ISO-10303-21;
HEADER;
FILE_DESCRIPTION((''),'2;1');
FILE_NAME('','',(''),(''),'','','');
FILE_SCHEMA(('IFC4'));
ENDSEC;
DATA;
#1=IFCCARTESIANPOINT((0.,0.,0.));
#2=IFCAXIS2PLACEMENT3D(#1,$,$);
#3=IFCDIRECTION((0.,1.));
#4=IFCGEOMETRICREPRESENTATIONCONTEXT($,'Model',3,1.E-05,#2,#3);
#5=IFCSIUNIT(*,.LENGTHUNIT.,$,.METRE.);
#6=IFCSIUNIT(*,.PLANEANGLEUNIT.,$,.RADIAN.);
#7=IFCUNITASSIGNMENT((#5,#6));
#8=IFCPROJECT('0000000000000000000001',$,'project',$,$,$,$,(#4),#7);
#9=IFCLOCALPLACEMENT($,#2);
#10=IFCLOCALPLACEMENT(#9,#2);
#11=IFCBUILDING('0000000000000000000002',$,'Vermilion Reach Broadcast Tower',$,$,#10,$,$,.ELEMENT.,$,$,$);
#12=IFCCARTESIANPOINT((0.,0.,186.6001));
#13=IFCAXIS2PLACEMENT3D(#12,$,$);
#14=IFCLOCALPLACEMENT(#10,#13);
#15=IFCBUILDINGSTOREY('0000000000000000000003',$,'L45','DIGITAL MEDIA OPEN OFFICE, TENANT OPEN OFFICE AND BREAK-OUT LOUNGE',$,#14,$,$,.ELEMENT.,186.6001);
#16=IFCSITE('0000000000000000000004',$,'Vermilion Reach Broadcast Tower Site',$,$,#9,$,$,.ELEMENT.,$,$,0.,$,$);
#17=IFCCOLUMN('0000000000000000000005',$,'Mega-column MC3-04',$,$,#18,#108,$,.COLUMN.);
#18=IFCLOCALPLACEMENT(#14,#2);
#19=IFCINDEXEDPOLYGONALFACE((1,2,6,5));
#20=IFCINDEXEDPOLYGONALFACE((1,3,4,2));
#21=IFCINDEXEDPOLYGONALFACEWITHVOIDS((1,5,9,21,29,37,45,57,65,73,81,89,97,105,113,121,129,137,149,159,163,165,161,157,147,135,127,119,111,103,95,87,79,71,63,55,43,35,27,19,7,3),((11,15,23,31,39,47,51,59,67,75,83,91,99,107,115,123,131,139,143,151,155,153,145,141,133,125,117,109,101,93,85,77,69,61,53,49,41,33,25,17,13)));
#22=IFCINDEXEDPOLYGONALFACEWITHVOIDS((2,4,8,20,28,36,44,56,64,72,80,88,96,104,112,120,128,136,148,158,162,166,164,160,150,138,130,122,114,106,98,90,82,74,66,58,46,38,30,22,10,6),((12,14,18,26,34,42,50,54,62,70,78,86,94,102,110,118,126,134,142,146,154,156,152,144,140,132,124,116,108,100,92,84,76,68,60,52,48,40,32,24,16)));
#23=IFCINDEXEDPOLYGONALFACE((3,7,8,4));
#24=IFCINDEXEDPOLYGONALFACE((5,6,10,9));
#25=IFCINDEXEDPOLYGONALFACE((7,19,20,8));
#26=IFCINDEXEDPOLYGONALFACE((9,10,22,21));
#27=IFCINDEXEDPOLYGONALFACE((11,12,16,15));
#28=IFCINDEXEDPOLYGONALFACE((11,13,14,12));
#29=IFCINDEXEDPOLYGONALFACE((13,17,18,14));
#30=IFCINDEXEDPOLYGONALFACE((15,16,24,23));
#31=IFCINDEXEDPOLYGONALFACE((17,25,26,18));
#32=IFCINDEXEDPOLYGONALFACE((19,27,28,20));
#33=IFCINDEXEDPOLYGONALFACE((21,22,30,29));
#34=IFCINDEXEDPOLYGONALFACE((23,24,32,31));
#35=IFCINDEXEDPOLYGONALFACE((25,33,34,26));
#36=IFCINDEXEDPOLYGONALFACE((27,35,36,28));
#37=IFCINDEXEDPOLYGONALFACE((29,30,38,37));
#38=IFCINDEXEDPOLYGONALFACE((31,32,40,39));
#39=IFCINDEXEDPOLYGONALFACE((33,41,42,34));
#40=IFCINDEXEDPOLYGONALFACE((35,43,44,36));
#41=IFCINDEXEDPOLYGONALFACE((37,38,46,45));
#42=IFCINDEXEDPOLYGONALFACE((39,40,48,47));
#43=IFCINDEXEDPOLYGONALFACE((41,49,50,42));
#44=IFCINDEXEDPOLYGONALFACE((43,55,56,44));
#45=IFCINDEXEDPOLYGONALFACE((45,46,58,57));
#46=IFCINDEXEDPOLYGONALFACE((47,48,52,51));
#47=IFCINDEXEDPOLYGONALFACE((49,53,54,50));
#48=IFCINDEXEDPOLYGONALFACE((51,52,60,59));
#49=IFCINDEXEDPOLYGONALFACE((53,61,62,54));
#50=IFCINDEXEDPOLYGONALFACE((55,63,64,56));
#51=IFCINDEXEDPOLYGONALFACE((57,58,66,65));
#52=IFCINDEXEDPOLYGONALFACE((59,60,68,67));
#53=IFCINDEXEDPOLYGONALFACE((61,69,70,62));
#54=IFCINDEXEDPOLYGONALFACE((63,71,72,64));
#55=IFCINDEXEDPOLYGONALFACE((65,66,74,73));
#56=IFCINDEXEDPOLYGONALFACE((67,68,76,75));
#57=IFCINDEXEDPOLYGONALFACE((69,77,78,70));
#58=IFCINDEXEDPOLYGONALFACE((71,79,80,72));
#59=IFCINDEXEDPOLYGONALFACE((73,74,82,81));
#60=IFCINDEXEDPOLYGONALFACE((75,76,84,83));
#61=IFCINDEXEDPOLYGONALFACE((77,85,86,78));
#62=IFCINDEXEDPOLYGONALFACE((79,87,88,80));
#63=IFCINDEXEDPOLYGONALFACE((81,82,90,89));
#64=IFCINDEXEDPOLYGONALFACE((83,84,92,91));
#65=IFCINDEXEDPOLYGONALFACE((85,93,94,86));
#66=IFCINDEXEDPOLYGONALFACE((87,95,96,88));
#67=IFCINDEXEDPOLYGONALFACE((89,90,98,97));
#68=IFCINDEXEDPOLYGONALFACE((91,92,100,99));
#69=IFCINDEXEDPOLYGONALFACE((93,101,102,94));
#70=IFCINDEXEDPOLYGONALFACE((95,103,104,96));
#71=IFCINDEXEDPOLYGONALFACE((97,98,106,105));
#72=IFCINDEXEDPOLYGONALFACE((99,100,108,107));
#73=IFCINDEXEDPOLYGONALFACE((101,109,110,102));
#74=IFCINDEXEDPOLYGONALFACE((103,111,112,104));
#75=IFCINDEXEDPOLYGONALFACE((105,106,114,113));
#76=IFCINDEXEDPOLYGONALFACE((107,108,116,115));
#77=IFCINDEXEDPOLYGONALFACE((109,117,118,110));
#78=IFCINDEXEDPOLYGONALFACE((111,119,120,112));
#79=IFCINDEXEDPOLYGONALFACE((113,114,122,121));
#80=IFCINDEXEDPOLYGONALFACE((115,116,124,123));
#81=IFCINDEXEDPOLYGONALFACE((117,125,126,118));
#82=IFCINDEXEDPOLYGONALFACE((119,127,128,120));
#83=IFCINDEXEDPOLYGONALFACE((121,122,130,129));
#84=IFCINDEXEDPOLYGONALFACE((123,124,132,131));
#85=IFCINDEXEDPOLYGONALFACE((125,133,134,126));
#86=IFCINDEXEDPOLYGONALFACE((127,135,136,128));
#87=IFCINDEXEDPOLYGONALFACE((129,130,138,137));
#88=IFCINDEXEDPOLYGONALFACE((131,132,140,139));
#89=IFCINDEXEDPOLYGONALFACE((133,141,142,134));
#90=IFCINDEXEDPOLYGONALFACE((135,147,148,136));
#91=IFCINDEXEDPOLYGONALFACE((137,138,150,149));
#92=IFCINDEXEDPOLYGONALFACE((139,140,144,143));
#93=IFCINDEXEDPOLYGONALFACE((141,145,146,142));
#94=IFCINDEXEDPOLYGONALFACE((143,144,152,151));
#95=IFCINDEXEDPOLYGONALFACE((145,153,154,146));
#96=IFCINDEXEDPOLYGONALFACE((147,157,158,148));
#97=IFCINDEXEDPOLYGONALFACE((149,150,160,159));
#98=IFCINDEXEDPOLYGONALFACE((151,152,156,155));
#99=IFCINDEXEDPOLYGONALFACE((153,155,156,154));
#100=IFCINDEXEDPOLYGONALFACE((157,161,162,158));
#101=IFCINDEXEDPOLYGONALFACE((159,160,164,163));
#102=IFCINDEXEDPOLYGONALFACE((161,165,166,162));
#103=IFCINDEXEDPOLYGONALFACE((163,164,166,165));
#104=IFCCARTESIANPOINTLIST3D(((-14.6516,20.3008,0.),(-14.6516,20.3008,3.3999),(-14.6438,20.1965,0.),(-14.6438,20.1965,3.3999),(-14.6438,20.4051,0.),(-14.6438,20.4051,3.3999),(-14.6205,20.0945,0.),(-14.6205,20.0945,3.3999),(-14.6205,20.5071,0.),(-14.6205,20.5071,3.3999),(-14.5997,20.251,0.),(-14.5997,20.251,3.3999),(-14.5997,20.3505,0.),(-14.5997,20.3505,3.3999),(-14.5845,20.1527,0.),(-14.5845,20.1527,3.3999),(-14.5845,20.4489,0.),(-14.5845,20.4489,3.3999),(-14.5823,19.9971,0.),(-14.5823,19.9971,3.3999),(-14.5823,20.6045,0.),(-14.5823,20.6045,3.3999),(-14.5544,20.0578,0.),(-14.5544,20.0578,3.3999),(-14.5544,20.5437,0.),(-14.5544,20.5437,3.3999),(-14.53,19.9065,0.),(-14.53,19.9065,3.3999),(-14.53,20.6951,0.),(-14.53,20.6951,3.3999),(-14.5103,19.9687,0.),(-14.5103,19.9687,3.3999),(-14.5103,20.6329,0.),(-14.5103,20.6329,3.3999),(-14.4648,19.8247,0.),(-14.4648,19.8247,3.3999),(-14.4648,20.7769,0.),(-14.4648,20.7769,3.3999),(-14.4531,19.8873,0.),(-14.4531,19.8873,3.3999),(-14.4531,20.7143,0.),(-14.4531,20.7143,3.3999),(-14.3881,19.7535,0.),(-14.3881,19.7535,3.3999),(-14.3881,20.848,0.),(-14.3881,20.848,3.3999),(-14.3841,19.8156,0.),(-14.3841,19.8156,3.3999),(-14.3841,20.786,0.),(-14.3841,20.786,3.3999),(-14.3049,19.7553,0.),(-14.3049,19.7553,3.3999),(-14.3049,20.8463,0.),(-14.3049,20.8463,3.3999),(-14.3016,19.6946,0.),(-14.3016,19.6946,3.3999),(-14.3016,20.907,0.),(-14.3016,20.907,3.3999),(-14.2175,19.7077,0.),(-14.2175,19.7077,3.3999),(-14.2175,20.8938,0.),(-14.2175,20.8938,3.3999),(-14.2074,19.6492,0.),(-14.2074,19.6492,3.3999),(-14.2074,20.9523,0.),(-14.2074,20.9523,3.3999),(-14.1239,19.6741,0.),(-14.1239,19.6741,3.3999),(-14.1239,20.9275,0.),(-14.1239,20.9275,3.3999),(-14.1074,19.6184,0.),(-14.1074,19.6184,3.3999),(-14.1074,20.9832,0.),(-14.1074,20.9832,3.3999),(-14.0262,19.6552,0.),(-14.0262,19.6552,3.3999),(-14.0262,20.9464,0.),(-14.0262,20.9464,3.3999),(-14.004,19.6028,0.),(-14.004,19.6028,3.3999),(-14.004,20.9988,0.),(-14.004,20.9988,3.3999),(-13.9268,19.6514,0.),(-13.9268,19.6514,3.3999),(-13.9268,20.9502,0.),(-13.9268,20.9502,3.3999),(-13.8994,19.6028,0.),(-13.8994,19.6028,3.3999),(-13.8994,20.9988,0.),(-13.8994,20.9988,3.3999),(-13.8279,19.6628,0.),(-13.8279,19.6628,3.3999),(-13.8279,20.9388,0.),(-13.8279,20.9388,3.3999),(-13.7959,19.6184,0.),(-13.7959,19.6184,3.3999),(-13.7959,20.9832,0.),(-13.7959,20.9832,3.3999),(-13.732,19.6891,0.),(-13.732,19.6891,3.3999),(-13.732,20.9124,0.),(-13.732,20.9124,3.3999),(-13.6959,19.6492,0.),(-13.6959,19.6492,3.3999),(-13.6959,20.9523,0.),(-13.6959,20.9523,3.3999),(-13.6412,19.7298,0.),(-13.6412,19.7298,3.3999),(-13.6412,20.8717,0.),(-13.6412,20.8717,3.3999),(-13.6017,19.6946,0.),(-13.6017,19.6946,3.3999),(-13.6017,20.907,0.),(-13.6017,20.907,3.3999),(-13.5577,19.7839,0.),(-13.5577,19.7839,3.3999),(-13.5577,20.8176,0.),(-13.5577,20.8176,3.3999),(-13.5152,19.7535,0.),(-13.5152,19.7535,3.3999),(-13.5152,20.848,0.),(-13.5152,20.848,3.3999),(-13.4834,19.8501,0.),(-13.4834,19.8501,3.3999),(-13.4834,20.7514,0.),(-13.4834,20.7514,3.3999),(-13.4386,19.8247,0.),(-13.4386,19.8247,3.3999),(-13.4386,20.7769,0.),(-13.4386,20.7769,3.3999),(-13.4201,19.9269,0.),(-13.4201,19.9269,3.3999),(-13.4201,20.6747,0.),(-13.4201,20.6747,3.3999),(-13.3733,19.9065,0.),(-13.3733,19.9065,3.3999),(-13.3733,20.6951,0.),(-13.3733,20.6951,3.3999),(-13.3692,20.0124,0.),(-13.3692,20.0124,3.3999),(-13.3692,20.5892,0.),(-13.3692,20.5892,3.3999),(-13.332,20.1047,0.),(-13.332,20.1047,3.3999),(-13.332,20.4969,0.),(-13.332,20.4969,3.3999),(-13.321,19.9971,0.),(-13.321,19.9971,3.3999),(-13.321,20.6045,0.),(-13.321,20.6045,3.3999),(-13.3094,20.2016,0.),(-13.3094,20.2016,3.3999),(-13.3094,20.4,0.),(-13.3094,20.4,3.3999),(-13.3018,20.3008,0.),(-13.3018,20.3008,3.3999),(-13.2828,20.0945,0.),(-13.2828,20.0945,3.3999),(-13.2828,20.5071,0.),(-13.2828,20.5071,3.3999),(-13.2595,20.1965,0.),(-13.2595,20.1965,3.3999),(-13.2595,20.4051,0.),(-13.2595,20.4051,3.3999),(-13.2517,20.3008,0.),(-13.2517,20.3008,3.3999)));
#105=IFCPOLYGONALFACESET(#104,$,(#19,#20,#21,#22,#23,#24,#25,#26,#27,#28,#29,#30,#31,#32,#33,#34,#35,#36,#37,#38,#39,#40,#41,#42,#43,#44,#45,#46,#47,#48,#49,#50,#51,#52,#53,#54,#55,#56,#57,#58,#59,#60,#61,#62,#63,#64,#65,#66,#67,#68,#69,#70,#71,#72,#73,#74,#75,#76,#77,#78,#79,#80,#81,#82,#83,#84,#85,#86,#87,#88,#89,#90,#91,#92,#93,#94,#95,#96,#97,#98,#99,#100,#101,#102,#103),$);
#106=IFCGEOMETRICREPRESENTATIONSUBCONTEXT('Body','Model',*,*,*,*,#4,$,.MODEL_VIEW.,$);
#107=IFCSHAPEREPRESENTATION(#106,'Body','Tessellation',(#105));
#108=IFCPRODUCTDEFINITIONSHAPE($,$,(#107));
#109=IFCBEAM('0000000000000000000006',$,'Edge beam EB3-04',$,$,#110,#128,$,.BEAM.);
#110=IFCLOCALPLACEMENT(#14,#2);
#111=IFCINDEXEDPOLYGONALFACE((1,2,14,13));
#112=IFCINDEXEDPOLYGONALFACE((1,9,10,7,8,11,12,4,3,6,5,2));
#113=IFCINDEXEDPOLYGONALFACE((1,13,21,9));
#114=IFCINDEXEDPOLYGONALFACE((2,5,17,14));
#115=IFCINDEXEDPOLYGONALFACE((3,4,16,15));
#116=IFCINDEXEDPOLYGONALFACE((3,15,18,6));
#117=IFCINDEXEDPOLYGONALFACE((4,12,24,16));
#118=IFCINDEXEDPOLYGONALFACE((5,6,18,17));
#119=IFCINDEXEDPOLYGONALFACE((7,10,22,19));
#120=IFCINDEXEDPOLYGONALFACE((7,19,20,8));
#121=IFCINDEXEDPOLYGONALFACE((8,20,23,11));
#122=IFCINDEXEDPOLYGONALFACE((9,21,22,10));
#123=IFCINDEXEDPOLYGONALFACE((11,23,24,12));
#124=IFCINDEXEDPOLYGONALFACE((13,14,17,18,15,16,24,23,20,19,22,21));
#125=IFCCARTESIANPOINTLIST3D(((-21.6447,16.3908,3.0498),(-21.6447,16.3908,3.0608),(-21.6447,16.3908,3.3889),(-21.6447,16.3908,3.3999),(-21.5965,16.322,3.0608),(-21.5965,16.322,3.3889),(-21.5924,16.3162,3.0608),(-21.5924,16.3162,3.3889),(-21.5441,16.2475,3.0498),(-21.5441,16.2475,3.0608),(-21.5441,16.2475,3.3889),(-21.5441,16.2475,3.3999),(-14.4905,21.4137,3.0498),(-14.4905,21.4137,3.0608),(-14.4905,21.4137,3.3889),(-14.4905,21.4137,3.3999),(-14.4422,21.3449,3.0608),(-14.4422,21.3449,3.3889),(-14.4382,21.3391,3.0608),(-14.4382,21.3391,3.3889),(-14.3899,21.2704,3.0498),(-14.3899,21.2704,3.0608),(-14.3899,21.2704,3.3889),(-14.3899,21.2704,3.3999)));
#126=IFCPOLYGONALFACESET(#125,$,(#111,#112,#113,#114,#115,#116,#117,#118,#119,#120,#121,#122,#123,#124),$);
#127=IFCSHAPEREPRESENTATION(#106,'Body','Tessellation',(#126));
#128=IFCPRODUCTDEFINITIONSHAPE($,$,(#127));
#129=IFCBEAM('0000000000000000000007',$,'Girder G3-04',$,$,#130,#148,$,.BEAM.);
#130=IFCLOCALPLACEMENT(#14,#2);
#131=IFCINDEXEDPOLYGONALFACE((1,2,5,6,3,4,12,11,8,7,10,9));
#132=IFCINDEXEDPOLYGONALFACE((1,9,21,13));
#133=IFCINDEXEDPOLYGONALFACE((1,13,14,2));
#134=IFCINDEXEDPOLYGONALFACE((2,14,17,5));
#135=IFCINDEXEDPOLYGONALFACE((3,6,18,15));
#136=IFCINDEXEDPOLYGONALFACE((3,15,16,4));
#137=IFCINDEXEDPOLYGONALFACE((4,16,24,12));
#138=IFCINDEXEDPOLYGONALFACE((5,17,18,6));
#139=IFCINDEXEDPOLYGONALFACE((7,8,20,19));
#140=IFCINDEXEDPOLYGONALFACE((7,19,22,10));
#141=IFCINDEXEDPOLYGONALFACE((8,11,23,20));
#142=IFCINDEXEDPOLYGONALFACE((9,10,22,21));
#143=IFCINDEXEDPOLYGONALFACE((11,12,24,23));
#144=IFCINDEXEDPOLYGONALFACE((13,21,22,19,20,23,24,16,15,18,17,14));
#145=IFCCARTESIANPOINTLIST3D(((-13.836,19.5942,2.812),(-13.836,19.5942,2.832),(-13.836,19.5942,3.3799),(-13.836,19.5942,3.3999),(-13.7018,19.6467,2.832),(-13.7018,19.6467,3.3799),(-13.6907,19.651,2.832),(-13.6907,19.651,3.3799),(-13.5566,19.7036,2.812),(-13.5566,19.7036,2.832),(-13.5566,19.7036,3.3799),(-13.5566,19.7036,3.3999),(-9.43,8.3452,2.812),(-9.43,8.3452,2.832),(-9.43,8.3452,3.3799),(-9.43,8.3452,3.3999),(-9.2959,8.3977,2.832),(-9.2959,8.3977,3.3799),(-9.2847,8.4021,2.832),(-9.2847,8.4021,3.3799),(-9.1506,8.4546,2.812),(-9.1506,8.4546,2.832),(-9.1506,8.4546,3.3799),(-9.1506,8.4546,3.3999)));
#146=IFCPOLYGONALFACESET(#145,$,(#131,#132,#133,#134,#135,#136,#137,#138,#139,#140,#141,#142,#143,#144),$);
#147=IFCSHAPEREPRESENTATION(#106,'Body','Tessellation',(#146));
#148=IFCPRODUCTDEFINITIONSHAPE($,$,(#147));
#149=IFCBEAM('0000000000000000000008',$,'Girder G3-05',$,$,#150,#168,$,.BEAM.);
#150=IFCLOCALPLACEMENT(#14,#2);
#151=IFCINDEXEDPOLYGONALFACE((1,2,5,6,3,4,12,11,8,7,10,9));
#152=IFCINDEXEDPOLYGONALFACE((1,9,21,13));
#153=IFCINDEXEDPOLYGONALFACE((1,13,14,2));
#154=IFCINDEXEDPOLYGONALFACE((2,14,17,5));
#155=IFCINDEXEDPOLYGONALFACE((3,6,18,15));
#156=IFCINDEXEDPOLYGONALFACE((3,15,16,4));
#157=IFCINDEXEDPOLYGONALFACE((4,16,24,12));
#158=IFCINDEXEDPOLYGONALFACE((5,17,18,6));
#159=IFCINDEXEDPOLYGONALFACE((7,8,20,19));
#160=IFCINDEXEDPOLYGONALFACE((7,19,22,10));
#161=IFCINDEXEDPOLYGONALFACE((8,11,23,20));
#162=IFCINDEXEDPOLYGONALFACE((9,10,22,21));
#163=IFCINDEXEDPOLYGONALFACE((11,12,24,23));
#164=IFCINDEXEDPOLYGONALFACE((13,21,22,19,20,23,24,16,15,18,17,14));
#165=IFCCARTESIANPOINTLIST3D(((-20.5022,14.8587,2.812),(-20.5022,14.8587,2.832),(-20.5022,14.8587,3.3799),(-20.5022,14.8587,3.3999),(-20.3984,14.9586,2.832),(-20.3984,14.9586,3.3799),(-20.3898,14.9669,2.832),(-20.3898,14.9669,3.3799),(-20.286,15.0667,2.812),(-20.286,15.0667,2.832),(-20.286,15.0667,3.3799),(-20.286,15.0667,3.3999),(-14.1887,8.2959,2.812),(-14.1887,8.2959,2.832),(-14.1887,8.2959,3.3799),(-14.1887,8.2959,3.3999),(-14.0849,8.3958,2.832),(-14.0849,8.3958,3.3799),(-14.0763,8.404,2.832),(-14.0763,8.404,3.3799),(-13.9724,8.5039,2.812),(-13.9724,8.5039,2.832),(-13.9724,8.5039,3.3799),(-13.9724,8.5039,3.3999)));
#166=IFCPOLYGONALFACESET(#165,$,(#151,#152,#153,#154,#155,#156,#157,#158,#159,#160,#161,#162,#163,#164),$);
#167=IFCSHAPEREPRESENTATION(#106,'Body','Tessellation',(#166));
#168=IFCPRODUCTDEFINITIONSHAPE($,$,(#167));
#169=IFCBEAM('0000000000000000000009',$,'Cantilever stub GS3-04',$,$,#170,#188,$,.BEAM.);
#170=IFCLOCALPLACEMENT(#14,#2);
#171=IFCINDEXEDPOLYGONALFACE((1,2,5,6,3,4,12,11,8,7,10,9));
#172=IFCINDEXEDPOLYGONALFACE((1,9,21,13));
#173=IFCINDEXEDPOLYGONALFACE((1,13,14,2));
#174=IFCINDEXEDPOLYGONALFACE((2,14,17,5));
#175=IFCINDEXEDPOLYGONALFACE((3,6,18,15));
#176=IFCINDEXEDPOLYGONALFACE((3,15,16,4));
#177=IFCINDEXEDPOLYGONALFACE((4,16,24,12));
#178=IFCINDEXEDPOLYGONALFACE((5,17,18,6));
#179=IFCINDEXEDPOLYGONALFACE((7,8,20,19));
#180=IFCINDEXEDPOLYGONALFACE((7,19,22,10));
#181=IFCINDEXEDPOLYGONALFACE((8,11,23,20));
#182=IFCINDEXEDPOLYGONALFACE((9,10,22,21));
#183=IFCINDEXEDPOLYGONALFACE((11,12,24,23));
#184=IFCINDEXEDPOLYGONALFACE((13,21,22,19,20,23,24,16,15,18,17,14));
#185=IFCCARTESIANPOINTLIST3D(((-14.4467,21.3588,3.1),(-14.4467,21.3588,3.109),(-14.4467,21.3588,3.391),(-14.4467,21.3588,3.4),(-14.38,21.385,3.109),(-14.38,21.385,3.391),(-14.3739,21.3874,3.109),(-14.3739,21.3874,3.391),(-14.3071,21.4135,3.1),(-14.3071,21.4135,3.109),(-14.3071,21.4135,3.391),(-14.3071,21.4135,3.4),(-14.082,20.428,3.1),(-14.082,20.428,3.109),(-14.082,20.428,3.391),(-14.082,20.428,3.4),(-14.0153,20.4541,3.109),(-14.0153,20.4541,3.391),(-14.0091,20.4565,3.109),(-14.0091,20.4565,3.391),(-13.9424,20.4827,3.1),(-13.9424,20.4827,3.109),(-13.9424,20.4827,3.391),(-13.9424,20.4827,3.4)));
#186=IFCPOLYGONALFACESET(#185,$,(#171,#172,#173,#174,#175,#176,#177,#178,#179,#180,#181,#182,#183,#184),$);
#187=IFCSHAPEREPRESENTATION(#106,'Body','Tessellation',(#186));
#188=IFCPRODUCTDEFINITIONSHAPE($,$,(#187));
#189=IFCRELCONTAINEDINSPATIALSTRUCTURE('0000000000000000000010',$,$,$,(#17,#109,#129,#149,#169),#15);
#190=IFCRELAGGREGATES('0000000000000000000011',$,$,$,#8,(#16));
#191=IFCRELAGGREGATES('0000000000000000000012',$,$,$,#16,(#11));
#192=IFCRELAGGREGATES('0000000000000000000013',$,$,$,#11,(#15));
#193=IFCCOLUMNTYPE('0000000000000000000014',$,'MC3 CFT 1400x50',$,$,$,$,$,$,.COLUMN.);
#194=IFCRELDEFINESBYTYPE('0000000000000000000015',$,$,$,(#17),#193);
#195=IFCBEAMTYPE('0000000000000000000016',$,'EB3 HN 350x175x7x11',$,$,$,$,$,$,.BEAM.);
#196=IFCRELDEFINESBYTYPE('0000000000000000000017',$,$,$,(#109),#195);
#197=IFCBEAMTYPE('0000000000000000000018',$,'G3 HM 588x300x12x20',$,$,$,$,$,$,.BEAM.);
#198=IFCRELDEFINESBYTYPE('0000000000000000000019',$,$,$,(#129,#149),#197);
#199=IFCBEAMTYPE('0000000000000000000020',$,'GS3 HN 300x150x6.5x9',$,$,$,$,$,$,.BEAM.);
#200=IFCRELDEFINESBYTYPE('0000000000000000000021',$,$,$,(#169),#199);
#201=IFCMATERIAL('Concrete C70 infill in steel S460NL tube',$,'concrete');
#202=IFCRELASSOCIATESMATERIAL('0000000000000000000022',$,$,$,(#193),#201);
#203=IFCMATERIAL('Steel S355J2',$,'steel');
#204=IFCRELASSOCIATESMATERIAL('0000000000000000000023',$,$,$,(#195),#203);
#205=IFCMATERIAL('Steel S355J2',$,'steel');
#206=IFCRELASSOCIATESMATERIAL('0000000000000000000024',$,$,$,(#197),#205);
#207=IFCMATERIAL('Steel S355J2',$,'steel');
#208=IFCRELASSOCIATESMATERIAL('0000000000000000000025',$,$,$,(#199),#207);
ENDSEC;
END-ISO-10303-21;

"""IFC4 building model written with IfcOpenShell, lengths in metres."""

from ifc_helpers import new_model, si_unit, direction, frame, origin, origin_2d, place, context, subcontext, project, spatial, hollow_circle, i_section, extrude, material, material_profile, profile_set, type_object, element, save


model = new_model("IFC4")

# Units and contexts
model_context = context("Model", 3, precision=1e-05, world=origin(), true_north=direction((0.0, 1.0)))
body_context = subcontext(model_context, "Body", "Model", "MODEL_VIEW")
ifc_project = project(units=[si_unit("LENGTHUNIT", "METRE"), si_unit("PLANEANGLEUNIT", "RADIAN")], contexts=[model_context])

# Site, building, storey
site_placement = place(None, origin())
site = spatial("IfcSite", under=ifc_project, at=site_placement, Name="Vermilion Reach Broadcast Tower Site", CompositionType="ELEMENT", RefElevation=0.0)
building_placement = place(site_placement, origin())
building = spatial("IfcBuilding", under=site, at=building_placement, Name="Vermilion Reach Broadcast Tower", CompositionType="ELEMENT")
storey_placement = place(building_placement, frame((0.0, 0.0, 186.6001)))
storey = spatial("IfcBuildingStorey", under=building, at=storey_placement, Name="L45", Description="DIGITAL MEDIA OPEN OFFICE, TENANT OPEN OFFICE AND BREAK-OUT LOUNGE", CompositionType="ELEMENT", Elevation=186.6001)

# Column
ifc_material_1 = material(Name="Concrete C70 infill in steel S460NL tube", Category="concrete")
ifc_material_profile_1 = material_profile(ifc_material_1, hollow_circle(Radius=0.7, WallThickness=0.05, at=origin_2d()), Name="Concrete C70 infill in steel S460NL tube CFT 1400x50")
ifc_profile_set_1 = profile_set([ifc_material_profile_1], Name="Concrete C70 infill in steel S460NL tube")
column_type = type_object("IfcColumnType", Name="MC3 CFT 1400x50", PredefinedType="COLUMN", material=ifc_profile_set_1)
column_placement = place(storey_placement, frame((-13.9517, 20.3008, 0.0), z_axis=(0.0, 0.0, 1.0), x_axis=(1.0, 0.0, 0.0)))
element("IfcColumn", 1, at=column_placement, inside=storey, type_object=column_type, Name="Mega-column MC3-04", PredefinedType="COLUMN", context=body_context, shape_type="SweptSolid", body=[
    extrude(hollow_circle(Radius=0.7, WallThickness=0.05, at=origin_2d()), origin(), (0.0, 0.0, 1.0), 3.3999),
])

# Beams
ifc_material_2 = material(Name="Steel S355J2", Category="steel")
ifc_material_profile_2 = material_profile(ifc_material_2, i_section(OverallWidth=0.175, OverallDepth=0.3501, WebThickness=0.0071, FlangeThickness=0.011, at=origin_2d()), Name="S355J2 HN 350x175x7x11")
ifc_profile_set_2 = profile_set([ifc_material_profile_2], Name="Steel S355J2")
beam_type_1 = type_object("IfcBeamType", Name="EB3 HN 350x175x7x11", PredefinedType="BEAM", material=ifc_profile_set_2)
beam_1_placement = place(storey_placement, frame((-14.4402, 21.342, 3.2249), z_axis=(-0.818428, -0.574609, 0.0), x_axis=(0.574609, -0.818428, 0.0)))
element("IfcBeam", 2, at=beam_1_placement, inside=storey, type_object=beam_type_1, Name="Edge beam EB3-04", PredefinedType="BEAM", context=body_context, shape_type="SweptSolid", body=[
    extrude(i_section(OverallWidth=0.175, OverallDepth=0.3501, WebThickness=0.0071, FlangeThickness=0.011, at=origin_2d()), origin(), (0.0, 0.0, 1.0), 8.7415),
])
ifc_material_3 = material(Name="Steel S355J2", Category="steel")
ifc_material_profile_3 = material_profile(ifc_material_3, i_section(OverallWidth=0.3, OverallDepth=0.5879, WebThickness=0.012, FlangeThickness=0.02, at=origin_2d()), Name="S355J2 HM 588x300x12x20")
ifc_profile_set_3 = profile_set([ifc_material_profile_3], Name="Steel S355J2")
beam_type_2 = type_object("IfcBeamType", Name="G3 HM 588x300x12x20", PredefinedType="BEAM", material=ifc_profile_set_3)
beam_2_placement = place(storey_placement, frame((-9.2903, 8.3999, 3.106), z_axis=(-0.364702, 0.931124, 0.0), x_axis=(-0.931124, -0.364702, 0.0)))
element("IfcBeam", 3, at=beam_2_placement, inside=storey, type_object=beam_type_2, Name="Girder G3-04", PredefinedType="BEAM", context=body_context, shape_type="SweptSolid", body=[
    extrude(i_section(OverallWidth=0.3, OverallDepth=0.5879, WebThickness=0.012, FlangeThickness=0.02, at=origin_2d()), origin(), (0.0, 0.0, 1.0), 12.0811),
])
beam_3_placement = place(storey_placement, frame((-14.0806, 8.3999, 3.106), z_axis=(-0.693288, 0.72066, 0.0), x_axis=(-0.72066, -0.693288, 0.0)))
element("IfcBeam", 4, at=beam_3_placement, inside=storey, type_object=beam_type_2, Name="Girder G3-05", PredefinedType="BEAM", context=body_context, shape_type="SweptSolid", body=[
    extrude(i_section(OverallWidth=0.3, OverallDepth=0.5879, WebThickness=0.012, FlangeThickness=0.02, at=origin_2d()), origin(), (0.0, 0.0, 1.0), 9.1067),
])
ifc_material_4 = material(Name="Steel S355J2", Category="steel")
ifc_material_profile_4 = material_profile(ifc_material_4, i_section(OverallWidth=0.1499, OverallDepth=0.3, WebThickness=0.0066, FlangeThickness=0.009, at=origin_2d()), Name="S355J2 HN 300x150x6.5x9")
ifc_profile_set_4 = profile_set([ifc_material_profile_4], Name="Steel S355J2")
beam_type_3 = type_object("IfcBeamType", Name="GS3 HN 300x150x6.5x9", PredefinedType="BEAM", material=ifc_profile_set_4)
beam_4_placement = place(storey_placement, frame((-14.0122, 20.4553, 3.25), z_axis=(-0.364814, 0.931081, 0.0), x_axis=(-0.931081, -0.364814, 0.0)))
element("IfcBeam", 5, at=beam_4_placement, inside=storey, type_object=beam_type_3, Name="Cantilever stub GS3-04", PredefinedType="BEAM", context=body_context, shape_type="SweptSolid", body=[
    extrude(i_section(OverallWidth=0.1499, OverallDepth=0.3, WebThickness=0.0066, FlangeThickness=0.009, at=origin_2d()), origin(), (0.0, 0.0, 1.0), 0.9998),
])

save(model, "model.ifc")
